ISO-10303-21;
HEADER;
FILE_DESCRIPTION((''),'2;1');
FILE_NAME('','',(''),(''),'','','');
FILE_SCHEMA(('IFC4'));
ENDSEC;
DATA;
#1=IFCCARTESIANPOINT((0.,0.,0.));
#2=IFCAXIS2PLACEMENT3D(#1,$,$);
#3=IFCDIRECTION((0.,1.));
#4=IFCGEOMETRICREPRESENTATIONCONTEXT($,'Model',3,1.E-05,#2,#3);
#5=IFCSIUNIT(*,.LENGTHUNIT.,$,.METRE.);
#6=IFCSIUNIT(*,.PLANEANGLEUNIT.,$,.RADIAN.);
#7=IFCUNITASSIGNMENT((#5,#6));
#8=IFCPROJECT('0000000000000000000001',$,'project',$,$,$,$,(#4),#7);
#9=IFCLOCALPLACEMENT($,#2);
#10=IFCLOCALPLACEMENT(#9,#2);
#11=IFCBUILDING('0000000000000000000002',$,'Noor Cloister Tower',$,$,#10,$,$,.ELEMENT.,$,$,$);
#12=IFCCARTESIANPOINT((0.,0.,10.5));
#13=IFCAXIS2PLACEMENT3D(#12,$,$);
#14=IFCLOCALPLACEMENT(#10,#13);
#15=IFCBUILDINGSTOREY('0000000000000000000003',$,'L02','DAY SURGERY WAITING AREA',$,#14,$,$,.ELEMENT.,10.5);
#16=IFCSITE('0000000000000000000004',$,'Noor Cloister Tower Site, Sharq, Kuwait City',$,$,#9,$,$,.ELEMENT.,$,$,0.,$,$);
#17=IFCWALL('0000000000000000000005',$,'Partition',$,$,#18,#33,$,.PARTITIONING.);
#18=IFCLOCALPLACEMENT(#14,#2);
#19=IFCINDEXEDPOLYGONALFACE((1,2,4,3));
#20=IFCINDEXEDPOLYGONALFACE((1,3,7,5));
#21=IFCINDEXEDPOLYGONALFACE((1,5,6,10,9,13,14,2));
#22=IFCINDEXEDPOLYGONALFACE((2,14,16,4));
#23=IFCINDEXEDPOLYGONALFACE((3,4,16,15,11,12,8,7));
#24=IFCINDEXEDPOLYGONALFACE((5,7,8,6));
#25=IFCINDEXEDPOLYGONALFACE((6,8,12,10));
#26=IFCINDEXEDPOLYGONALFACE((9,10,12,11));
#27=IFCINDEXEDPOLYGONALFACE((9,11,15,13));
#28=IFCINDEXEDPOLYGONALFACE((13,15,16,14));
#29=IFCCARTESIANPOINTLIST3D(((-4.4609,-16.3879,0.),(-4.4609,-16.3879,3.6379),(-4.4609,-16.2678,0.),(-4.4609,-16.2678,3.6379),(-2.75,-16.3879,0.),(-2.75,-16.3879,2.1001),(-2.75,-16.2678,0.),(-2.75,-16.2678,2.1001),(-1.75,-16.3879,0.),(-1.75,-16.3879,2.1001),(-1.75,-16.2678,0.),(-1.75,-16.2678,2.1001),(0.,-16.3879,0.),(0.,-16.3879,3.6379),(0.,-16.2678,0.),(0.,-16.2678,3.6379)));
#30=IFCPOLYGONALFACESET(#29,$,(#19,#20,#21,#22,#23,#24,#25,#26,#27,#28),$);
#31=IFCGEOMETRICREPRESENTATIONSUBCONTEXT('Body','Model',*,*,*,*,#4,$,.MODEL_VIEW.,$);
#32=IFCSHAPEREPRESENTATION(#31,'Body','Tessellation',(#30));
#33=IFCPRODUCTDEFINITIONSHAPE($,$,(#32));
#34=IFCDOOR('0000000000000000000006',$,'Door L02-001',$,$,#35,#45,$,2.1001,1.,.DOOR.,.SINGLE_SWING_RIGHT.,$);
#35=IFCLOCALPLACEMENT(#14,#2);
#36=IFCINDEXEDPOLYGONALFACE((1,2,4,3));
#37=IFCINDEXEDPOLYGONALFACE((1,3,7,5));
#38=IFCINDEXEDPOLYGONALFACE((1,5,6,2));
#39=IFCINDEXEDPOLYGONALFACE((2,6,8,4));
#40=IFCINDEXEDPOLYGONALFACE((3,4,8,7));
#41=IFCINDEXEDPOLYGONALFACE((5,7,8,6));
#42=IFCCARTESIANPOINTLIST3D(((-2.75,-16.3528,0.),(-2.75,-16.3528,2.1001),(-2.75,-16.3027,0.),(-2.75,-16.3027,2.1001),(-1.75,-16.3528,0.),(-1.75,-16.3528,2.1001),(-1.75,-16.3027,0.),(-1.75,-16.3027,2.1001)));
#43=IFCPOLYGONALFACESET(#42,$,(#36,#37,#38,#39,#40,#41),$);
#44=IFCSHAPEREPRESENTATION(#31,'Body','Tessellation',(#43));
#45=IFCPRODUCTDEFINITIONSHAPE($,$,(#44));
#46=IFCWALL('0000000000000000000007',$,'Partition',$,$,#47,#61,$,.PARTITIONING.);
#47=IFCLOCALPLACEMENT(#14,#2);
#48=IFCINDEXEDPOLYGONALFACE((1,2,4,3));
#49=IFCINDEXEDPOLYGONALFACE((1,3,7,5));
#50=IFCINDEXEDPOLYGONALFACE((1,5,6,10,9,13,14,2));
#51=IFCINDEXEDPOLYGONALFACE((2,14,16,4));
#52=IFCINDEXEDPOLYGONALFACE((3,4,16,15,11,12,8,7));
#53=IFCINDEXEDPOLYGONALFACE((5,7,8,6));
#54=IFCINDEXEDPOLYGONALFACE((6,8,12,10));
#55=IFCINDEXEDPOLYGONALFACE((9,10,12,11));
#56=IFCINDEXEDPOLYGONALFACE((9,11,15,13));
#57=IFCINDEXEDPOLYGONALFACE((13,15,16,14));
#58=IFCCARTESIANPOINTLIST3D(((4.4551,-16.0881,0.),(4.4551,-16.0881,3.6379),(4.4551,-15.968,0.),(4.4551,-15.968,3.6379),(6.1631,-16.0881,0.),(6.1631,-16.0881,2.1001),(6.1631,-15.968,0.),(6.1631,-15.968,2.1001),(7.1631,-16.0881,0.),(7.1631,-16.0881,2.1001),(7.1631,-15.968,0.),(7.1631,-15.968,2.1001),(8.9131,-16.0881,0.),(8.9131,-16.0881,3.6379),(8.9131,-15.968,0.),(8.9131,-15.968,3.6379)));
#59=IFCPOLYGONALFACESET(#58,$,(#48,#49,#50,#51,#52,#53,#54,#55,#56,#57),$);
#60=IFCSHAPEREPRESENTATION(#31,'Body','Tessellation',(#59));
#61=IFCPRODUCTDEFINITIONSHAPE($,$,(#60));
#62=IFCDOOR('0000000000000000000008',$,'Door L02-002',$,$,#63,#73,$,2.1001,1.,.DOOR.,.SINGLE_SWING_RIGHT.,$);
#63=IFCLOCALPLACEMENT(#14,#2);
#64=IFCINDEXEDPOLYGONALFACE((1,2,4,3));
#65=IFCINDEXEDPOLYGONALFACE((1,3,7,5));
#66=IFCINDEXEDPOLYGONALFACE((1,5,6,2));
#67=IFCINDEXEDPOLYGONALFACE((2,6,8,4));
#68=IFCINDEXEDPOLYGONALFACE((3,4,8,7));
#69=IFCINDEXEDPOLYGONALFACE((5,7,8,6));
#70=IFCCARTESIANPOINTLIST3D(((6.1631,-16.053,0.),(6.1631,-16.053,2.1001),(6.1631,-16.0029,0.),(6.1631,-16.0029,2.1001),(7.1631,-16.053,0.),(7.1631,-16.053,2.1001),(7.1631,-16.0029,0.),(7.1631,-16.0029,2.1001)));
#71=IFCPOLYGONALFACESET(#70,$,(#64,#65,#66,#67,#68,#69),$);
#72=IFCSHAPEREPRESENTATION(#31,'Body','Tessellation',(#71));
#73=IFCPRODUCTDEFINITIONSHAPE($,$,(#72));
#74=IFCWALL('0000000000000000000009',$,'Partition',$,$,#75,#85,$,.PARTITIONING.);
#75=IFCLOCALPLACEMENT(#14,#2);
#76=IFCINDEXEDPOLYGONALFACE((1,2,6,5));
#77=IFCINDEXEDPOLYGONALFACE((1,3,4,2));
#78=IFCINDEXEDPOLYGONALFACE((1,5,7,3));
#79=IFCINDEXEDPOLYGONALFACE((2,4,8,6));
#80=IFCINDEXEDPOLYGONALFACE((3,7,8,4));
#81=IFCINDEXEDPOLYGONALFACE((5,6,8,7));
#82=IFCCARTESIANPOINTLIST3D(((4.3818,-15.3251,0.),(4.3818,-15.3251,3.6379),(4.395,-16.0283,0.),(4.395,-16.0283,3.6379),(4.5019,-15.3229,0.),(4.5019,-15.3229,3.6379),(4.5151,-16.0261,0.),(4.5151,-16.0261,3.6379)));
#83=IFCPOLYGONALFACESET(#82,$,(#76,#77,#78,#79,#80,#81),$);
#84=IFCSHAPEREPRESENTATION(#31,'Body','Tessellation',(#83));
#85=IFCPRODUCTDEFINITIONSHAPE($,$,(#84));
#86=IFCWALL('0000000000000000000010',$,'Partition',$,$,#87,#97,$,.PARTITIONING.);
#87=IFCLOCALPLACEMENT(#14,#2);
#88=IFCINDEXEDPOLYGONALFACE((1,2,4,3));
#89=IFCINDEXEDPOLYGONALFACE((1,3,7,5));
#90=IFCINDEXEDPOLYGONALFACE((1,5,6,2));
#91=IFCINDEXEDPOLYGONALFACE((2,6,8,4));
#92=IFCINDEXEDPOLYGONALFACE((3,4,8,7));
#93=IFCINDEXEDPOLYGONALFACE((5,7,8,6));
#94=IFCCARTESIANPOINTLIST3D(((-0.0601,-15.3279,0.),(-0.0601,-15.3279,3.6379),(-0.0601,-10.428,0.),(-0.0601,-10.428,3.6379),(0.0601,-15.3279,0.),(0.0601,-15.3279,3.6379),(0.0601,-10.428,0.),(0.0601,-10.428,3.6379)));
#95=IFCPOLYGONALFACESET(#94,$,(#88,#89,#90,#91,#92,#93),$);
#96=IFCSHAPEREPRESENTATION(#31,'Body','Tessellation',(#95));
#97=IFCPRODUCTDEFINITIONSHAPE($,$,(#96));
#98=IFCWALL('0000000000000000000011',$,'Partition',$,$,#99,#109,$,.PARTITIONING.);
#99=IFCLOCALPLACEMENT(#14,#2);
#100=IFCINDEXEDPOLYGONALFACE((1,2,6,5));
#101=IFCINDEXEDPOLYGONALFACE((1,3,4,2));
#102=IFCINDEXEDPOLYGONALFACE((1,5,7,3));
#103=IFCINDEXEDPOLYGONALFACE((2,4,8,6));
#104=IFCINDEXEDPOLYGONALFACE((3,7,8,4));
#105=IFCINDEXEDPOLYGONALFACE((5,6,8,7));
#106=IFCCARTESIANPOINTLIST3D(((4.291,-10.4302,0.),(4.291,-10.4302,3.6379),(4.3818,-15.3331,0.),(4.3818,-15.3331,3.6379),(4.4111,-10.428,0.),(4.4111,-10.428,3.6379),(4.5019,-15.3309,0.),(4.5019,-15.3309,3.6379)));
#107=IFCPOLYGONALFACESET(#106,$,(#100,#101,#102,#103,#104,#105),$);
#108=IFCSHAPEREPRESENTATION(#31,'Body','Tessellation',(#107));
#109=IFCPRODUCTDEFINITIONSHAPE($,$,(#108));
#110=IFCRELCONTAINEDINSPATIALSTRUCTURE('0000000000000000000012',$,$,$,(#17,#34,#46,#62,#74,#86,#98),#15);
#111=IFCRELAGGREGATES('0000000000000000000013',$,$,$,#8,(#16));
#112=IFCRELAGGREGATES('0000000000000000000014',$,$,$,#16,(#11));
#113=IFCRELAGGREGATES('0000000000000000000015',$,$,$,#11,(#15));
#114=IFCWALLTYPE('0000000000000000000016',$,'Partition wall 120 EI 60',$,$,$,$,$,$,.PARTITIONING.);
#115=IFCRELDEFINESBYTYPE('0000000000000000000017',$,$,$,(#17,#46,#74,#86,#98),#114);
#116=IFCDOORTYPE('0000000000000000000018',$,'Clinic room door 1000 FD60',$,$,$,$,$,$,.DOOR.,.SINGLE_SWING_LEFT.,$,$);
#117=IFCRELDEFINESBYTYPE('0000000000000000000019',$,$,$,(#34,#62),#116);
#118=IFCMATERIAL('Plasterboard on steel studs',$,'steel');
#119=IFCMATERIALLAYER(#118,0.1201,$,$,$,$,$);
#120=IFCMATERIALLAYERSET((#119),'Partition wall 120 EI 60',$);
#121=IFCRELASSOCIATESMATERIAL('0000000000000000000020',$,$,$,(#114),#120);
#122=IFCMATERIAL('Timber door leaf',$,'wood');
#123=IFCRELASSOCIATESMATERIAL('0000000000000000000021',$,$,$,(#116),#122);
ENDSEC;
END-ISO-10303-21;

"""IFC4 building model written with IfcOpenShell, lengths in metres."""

from ifc_helpers import new_model, si_unit, direction, frame, frame_2d, origin, place, context, subcontext, project, spatial, rectangle, extrude, material, layer, layer_set, type_object, element, fill, save


model = new_model("IFC4")

# Units and contexts
model_context = context("Model", 3, precision=1e-05, world=origin(), true_north=direction((0.0, 1.0)))
body_context = subcontext(model_context, "Body", "Model", "MODEL_VIEW")
ifc_project = project(units=[si_unit("LENGTHUNIT", "METRE"), si_unit("PLANEANGLEUNIT", "RADIAN")], contexts=[model_context])

# Site, building, storey
site_placement = place(None, origin())
site = spatial("IfcSite", under=ifc_project, at=site_placement, Name="Noor Cloister Tower Site, Sharq, Kuwait City", CompositionType="ELEMENT", RefElevation=0.0)
building_placement = place(site_placement, origin())
building = spatial("IfcBuilding", under=site, at=building_placement, Name="Noor Cloister Tower", CompositionType="ELEMENT")
storey_placement = place(building_placement, frame((0.0, 0.0, 10.5)))
storey = spatial("IfcBuildingStorey", under=building, at=storey_placement, Name="L02", Description="DAY SURGERY WAITING AREA", CompositionType="ELEMENT", Elevation=10.5)

# Walls, openings, doors
ifc_material_1 = material(Name="Plasterboard on steel studs", Category="steel")
ifc_layer_1 = layer(ifc_material_1, 0.1201)
ifc_layer_set_1 = layer_set([ifc_layer_1], Name="Partition wall 120 EI 60")
wall_type_1 = type_object("IfcWallType", Name="Partition wall 120 EI 60", PredefinedType="PARTITIONING", material=ifc_layer_set_1)
wall_1_placement = place(storey_placement, frame((0.0, -16.3279, 0.0), z_axis=(0.0, 0.0, 1.0), x_axis=(-1.0, 0.0, 0.0)))
wall_1 = element("IfcWall", 1, at=wall_1_placement, inside=storey, type_object=wall_type_1, Name="Partition", PredefinedType="PARTITIONING", context=body_context, shape_type="SweptSolid", body=[
    extrude(rectangle(XDim=4.4609, YDim=0.1201, at=frame_2d((2.2305, 0.0))), origin(), (0.0, 0.0, 1.0), 3.6379),
])
opening_1_placement = place(wall_1_placement, frame((1.75, 0.0, 0.0)))
opening_1 = element("IfcOpeningElement", 2, at=opening_1_placement, cuts=wall_1, PredefinedType="OPENING", context=body_context, shape_type="SweptSolid", body=[
    extrude(rectangle(XDim=1.0, YDim=2.1001, at=frame_2d((0.5, 1.05))), frame((0.0, 0.0701, 0.0), z_axis=(0.0, -1.0, 0.0), x_axis=(1.0, 0.0, 0.0)), (0.0, 0.0, 1.0), 0.1401),
])
ifc_material_2 = material(Name="Timber door leaf", Category="wood")
door_type_1 = type_object("IfcDoorType", Name="Clinic room door 1000 FD60", OperationType="SINGLE_SWING_LEFT", PredefinedType="DOOR", material=ifc_material_2)
door_1_placement = place(opening_1_placement, origin())
door_1 = element("IfcDoor", 3, at=door_1_placement, inside=storey, type_object=door_type_1, Name="Door L02-001", OperationType="SINGLE_SWING_RIGHT", OverallHeight=2.1001, OverallWidth=1.0, PredefinedType="DOOR", context=body_context, shape_type="SweptSolid", body=[
    extrude(rectangle(XDim=1.0, YDim=2.1001, at=frame_2d((0.5, 1.05))), frame((0.0, 0.0249, 0.0), z_axis=(0.0, -1.0, 0.0), x_axis=(1.0, 0.0, 0.0)), (0.0, 0.0, 1.0), 0.05),
])
fill(opening_1, door_1)
wall_2_placement = place(storey_placement, frame((8.9131, -16.0281, 0.0), z_axis=(0.0, 0.0, 1.0), x_axis=(-1.0, 0.0, 0.0)))
wall_2 = element("IfcWall", 4, at=wall_2_placement, inside=storey, type_object=wall_type_1, Name="Partition", PredefinedType="PARTITIONING", context=body_context, shape_type="SweptSolid", body=[
    extrude(rectangle(XDim=4.458, YDim=0.1201, at=frame_2d((2.229, 0.0))), origin(), (0.0, 0.0, 1.0), 3.6379),
])
opening_2_placement = place(wall_2_placement, frame((1.75, 0.0, 0.0)))
opening_2 = element("IfcOpeningElement", 5, at=opening_2_placement, cuts=wall_2, PredefinedType="OPENING", context=body_context, shape_type="SweptSolid", body=[
    extrude(rectangle(XDim=1.0, YDim=2.1001, at=frame_2d((0.5, 1.05))), frame((0.0, 0.0701, 0.0), z_axis=(0.0, -1.0, 0.0), x_axis=(1.0, 0.0, 0.0)), (0.0, 0.0, 1.0), 0.1401),
])
door_2_placement = place(opening_2_placement, origin())
door_2 = element("IfcDoor", 6, at=door_2_placement, inside=storey, type_object=door_type_1, Name="Door L02-002", OperationType="SINGLE_SWING_RIGHT", OverallHeight=2.1001, OverallWidth=1.0, PredefinedType="DOOR", context=body_context, shape_type="SweptSolid", body=[
    extrude(rectangle(XDim=1.0, YDim=2.1001, at=frame_2d((0.5, 1.05))), frame((0.0, 0.0249, 0.0), z_axis=(0.0, -1.0, 0.0), x_axis=(1.0, 0.0, 0.0)), (0.0, 0.0, 1.0), 0.05),
])
fill(opening_2, door_2)

# Walls
wall_3_placement = place(storey_placement, frame((4.4551, -16.0271, 0.0), z_axis=(0.0, 0.0, 1.0), x_axis=(-0.018747, 0.999824, 0.0)))
element("IfcWall", 7, at=wall_3_placement, inside=storey, type_object=wall_type_1, Name="Partition", PredefinedType="PARTITIONING", context=body_context, shape_type="SweptSolid", body=[
    extrude(rectangle(XDim=0.7034, YDim=0.1201, at=frame_2d((0.3516, 0.0))), origin(), (0.0, 0.0, 1.0), 3.6379),
])
wall_4_placement = place(storey_placement, frame((0.0, -15.3279, 0.0), z_axis=(0.0, 0.0, 1.0), x_axis=(0.0, 1.0, 0.0)))
element("IfcWall", 8, at=wall_4_placement, inside=storey, type_object=wall_type_1, Name="Partition", PredefinedType="PARTITIONING", context=body_context, shape_type="SweptSolid", body=[
    extrude(rectangle(XDim=4.8999, YDim=0.1201, at=frame_2d((2.45, 0.0))), origin(), (0.0, 0.0, 1.0), 3.6379),
])
wall_5_placement = place(storey_placement, frame((4.4419, -15.332, 0.0), z_axis=(0.0, 0.0, 1.0), x_axis=(-0.01852, 0.999828, 0.0)))
element("IfcWall", 9, at=wall_5_placement, inside=storey, type_object=wall_type_1, Name="Partition", PredefinedType="PARTITIONING", context=body_context, shape_type="SweptSolid", body=[
    extrude(rectangle(XDim=4.9038, YDim=0.1201, at=frame_2d((2.4519, 0.0))), origin(), (0.0, 0.0, 1.0), 3.6379),
])

save(model, "model.ifc")
